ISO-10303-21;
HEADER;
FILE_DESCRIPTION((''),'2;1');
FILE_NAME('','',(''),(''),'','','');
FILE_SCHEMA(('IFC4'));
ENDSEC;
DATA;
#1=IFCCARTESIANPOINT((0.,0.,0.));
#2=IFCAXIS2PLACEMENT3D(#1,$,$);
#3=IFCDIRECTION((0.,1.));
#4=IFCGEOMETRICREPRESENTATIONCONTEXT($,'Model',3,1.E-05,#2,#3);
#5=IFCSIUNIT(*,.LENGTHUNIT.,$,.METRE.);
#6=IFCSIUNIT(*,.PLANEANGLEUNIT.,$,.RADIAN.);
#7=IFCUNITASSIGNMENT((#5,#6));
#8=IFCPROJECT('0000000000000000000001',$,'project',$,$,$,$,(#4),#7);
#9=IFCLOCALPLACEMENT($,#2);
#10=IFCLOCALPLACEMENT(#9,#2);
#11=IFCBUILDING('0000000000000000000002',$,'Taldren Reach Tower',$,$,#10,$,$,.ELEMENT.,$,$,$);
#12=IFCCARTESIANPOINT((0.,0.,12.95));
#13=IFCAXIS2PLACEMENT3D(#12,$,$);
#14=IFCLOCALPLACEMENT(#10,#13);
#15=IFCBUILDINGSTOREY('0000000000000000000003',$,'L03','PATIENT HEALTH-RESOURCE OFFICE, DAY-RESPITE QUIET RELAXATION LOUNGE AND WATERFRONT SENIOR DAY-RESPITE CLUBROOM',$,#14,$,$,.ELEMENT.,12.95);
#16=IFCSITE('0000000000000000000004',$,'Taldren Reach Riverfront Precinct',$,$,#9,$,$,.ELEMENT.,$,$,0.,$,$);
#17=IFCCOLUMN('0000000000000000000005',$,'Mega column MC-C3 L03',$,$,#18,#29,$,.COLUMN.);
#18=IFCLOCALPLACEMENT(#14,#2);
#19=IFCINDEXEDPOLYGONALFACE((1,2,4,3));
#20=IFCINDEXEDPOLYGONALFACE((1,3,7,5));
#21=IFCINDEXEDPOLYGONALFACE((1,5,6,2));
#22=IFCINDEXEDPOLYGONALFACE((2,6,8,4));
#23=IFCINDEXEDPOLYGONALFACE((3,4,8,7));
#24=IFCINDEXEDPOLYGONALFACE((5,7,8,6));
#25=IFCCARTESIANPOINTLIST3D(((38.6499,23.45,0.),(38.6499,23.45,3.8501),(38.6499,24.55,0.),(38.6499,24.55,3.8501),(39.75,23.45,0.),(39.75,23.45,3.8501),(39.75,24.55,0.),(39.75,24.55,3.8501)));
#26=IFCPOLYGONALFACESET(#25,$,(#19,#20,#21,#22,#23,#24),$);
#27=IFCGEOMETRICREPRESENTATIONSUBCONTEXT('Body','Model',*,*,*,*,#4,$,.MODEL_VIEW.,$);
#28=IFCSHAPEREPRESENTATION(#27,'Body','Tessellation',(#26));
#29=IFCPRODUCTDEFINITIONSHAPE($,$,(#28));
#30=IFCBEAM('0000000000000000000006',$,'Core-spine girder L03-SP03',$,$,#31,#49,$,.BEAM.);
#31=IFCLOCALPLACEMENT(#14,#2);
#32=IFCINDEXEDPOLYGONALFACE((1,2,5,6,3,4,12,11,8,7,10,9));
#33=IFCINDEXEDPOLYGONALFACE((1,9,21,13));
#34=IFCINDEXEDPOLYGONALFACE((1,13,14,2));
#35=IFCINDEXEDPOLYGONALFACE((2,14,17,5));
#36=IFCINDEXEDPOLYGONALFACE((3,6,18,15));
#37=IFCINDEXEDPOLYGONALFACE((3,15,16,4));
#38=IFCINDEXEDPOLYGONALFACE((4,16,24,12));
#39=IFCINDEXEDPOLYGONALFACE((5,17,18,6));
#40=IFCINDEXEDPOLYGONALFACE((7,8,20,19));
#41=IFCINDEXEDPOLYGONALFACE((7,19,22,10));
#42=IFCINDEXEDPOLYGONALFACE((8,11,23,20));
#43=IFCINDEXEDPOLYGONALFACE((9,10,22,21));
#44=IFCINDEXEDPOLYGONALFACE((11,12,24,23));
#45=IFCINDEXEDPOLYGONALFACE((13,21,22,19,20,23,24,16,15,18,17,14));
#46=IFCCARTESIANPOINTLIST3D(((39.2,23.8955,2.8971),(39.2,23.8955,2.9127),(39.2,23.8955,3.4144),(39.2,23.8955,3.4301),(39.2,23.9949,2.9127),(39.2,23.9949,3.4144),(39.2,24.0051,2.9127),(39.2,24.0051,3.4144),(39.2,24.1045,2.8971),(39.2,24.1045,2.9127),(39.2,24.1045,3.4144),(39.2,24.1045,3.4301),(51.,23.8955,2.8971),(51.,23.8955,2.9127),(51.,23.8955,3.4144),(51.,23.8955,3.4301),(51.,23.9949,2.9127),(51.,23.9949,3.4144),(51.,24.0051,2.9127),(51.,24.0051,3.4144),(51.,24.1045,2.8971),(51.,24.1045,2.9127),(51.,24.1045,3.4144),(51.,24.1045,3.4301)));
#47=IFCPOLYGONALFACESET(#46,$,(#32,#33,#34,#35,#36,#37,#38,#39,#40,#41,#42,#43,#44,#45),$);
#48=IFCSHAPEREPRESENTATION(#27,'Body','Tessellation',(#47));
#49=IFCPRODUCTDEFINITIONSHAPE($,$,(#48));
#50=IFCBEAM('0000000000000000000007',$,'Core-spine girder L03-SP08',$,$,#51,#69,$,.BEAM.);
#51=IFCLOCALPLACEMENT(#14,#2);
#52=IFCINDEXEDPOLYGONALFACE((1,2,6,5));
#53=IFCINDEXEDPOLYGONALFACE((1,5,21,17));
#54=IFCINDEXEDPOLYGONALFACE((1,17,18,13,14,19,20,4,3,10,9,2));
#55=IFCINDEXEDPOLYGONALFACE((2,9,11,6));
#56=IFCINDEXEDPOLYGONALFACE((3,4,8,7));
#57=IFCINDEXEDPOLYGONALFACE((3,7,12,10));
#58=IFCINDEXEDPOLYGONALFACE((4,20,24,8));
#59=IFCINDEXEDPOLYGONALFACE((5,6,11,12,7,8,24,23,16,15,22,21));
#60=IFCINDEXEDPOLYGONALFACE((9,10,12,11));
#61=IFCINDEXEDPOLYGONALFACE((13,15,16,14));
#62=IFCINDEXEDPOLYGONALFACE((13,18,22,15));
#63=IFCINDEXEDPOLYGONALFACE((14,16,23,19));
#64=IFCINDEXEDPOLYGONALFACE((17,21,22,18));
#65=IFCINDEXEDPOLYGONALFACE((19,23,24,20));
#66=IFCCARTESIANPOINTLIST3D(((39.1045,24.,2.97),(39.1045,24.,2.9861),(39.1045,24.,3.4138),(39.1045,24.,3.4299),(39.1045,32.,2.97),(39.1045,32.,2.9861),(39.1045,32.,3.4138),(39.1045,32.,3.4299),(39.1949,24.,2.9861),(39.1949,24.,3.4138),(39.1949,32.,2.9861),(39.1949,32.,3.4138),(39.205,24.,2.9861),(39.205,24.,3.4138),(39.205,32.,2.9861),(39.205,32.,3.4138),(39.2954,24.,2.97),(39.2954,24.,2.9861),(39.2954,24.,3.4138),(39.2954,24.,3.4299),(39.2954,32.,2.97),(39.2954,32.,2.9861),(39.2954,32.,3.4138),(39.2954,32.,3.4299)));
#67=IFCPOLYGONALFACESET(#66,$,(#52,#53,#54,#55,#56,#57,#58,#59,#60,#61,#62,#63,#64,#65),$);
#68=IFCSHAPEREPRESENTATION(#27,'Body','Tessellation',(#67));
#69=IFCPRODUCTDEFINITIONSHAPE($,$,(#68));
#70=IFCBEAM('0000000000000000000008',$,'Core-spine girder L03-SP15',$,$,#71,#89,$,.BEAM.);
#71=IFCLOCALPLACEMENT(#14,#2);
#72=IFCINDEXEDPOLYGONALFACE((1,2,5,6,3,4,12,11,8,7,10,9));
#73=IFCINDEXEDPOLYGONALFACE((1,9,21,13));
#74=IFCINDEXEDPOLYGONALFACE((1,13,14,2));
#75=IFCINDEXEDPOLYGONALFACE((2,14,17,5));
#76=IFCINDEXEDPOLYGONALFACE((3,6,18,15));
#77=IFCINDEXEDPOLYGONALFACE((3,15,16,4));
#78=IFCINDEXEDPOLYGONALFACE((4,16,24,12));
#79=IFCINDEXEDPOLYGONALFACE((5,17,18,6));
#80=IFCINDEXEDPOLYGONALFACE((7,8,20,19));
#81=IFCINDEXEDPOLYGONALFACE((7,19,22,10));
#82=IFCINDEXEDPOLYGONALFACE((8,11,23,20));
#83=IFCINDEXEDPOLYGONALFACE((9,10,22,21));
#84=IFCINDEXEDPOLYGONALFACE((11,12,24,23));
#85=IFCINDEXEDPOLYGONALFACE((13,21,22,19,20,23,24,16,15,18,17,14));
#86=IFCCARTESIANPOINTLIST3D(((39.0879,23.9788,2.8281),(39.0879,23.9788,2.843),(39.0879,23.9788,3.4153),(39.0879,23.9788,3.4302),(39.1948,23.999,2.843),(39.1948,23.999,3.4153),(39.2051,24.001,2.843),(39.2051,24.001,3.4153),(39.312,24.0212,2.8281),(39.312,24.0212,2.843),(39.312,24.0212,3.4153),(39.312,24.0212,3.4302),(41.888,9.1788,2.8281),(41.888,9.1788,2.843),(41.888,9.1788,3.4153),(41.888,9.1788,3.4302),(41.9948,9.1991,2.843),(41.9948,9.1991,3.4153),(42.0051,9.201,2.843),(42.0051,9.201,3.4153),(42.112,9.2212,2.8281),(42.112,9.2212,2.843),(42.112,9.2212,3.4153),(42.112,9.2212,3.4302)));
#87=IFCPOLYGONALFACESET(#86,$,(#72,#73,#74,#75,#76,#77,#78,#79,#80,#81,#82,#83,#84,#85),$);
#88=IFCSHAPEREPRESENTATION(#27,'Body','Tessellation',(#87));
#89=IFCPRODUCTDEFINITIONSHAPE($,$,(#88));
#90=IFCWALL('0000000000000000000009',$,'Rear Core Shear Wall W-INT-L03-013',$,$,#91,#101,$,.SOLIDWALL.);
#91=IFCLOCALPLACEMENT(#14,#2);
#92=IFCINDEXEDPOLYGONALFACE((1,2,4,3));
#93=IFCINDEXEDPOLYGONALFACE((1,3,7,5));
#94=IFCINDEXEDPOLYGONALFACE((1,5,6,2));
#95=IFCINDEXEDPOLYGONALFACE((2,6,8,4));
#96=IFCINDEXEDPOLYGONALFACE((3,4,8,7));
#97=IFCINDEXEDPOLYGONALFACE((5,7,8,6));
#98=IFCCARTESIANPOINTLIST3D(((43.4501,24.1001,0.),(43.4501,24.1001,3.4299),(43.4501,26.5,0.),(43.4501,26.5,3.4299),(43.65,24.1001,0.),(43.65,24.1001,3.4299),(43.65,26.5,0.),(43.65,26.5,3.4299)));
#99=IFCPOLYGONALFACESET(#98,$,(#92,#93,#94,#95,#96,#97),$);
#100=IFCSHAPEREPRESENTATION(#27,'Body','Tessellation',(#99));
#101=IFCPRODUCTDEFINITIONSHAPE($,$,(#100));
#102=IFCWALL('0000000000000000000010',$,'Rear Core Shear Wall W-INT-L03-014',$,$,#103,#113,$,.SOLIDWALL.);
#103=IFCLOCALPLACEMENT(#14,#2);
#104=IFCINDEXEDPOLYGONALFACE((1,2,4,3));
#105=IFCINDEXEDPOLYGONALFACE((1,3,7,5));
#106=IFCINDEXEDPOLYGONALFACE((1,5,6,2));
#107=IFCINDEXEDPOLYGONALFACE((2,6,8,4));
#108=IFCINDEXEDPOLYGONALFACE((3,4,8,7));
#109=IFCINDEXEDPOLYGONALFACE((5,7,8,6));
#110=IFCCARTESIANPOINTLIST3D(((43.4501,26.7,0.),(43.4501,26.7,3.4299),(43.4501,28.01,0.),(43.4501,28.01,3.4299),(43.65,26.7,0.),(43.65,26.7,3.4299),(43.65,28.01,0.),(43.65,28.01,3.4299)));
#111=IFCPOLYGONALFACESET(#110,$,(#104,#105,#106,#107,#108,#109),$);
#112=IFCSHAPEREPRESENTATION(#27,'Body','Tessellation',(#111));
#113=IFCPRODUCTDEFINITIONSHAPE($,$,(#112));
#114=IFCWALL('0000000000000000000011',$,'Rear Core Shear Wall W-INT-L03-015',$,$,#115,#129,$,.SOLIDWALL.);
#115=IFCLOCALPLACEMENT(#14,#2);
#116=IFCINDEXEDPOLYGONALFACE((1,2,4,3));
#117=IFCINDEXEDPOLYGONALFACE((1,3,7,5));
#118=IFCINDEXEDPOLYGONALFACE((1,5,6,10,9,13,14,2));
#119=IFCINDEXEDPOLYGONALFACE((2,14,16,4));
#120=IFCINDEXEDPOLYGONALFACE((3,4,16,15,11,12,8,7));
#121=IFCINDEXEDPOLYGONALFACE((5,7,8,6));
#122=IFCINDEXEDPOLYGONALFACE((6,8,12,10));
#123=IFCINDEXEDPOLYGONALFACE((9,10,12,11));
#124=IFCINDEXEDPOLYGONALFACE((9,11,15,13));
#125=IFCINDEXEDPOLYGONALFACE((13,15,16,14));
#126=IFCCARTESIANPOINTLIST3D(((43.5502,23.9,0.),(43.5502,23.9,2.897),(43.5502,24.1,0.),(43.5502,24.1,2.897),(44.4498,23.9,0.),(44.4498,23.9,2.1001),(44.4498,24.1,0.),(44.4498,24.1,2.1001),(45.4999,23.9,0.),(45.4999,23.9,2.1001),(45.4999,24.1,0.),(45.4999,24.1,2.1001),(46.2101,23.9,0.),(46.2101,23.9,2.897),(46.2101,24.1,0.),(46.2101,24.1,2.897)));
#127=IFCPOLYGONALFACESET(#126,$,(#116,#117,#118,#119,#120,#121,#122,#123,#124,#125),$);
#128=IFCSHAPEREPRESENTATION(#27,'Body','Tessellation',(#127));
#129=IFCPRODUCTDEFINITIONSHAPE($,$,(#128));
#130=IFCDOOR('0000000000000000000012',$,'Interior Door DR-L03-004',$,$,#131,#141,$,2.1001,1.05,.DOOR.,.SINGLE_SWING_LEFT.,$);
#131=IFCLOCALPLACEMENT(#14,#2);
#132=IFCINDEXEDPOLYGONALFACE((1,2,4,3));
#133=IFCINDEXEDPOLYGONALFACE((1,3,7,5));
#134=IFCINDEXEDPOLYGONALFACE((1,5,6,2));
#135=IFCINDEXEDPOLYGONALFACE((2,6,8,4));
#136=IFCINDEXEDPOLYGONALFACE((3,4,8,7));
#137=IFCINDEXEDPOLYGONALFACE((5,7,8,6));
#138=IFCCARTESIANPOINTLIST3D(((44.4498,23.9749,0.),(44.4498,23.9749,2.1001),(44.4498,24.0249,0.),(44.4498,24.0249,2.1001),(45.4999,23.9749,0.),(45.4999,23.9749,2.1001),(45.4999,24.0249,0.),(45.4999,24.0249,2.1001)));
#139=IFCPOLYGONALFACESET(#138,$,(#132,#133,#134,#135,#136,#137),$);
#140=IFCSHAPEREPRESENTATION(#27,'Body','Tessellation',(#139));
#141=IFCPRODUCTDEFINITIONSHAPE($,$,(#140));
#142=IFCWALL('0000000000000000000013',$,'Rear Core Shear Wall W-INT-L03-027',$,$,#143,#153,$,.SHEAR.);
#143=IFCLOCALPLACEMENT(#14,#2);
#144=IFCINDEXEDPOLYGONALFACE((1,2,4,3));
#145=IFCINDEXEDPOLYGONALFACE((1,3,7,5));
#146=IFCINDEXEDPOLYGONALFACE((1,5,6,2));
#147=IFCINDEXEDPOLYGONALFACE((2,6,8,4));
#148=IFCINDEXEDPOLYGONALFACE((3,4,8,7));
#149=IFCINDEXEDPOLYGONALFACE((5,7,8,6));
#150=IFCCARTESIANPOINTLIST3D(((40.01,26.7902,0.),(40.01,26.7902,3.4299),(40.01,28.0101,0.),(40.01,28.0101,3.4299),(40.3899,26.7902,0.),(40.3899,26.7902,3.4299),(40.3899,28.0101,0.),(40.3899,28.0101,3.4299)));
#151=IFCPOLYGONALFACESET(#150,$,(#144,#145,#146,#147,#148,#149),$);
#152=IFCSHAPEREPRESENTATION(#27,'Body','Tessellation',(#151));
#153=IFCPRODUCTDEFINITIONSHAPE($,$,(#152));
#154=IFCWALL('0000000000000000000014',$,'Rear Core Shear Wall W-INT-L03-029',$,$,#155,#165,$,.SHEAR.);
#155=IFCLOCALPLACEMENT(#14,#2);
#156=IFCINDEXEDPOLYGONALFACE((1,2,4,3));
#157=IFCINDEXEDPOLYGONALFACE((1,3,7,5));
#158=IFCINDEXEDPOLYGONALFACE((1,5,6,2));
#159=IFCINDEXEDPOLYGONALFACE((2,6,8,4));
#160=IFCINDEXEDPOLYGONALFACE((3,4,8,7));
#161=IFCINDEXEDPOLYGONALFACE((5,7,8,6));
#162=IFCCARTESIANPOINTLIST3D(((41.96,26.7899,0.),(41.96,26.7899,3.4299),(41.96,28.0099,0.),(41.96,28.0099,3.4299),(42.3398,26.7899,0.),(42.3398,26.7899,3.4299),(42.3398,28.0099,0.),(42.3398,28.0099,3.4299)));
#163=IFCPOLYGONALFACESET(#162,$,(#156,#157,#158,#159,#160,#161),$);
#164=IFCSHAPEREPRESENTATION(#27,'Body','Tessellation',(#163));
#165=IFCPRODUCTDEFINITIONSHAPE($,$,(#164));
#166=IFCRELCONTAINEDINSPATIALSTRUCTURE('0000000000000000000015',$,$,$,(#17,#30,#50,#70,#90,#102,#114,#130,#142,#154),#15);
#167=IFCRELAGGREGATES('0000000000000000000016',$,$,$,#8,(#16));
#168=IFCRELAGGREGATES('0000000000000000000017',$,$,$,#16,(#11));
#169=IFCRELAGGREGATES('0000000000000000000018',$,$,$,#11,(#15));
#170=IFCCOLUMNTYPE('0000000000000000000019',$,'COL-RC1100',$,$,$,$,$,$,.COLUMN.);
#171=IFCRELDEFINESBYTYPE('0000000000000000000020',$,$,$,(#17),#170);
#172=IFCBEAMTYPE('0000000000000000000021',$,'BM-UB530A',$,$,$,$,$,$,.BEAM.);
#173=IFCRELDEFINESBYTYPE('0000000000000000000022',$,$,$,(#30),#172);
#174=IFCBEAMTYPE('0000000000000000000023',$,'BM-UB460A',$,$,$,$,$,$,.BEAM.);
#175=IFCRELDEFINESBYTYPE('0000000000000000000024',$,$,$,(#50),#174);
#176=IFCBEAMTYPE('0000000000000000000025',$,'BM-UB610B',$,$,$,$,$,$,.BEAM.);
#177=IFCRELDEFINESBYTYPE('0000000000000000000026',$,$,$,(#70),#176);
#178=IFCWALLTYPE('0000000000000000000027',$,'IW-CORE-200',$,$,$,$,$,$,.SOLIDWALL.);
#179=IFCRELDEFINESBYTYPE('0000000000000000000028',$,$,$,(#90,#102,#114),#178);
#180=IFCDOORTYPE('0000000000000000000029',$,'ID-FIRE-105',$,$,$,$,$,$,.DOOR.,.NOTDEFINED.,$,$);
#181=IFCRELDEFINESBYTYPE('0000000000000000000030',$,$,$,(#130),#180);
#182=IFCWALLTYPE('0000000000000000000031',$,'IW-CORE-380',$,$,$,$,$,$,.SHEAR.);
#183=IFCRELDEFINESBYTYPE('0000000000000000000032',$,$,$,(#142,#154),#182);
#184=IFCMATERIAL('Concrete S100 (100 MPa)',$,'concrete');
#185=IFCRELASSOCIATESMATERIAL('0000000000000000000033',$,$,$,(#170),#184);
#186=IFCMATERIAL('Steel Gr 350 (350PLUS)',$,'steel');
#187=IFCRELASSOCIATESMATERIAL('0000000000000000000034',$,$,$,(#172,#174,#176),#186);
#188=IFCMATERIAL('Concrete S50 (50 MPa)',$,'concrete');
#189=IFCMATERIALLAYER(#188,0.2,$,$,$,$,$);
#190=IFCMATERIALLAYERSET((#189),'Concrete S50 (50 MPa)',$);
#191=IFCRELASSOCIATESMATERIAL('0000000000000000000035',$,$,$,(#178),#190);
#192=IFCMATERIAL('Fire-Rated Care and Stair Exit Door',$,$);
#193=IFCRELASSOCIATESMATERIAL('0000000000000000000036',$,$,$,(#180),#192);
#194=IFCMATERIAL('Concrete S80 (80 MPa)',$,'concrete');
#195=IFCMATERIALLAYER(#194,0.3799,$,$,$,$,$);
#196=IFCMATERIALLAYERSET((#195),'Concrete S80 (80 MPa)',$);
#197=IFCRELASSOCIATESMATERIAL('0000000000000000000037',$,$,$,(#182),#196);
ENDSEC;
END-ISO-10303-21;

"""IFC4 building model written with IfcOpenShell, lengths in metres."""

from ifc_helpers import new_model, si_unit, direction, frame, frame_2d, origin, origin_2d, place, context, subcontext, project, spatial, rectangle, i_section, extrude, source, transform, mapped, material, layer, layer_set, material_profile, profile_set, type_object, element, fill, save


model = new_model("IFC4")

# Units and contexts
model_context = context("Model", 3, precision=1e-05, world=origin(), true_north=direction((0.0, 1.0)))
body_context = subcontext(model_context, "Body", "Model", "MODEL_VIEW")
ifc_project = project(units=[si_unit("LENGTHUNIT", "METRE"), si_unit("PLANEANGLEUNIT", "RADIAN")], contexts=[model_context])

# Site, building, storey
site_placement = place(None, origin())
site = spatial("IfcSite", under=ifc_project, at=site_placement, Name="Taldren Reach Riverfront Precinct", CompositionType="ELEMENT", RefElevation=0.0)
building_placement = place(site_placement, origin())
building = spatial("IfcBuilding", under=site, at=building_placement, Name="Taldren Reach Tower", CompositionType="ELEMENT")
storey_placement = place(building_placement, frame((0.0, 0.0, 12.95)))
storey = spatial("IfcBuildingStorey", under=building, at=storey_placement, Name="L03", Description="PATIENT HEALTH-RESOURCE OFFICE, DAY-RESPITE QUIET RELAXATION LOUNGE AND WATERFRONT SENIOR DAY-RESPITE CLUBROOM", CompositionType="ELEMENT", Elevation=12.95)

# Column
ifc_material_1 = material(Name="Concrete S100 (100 MPa)", Category="concrete")
ifc_material_profile_1 = material_profile(ifc_material_1, rectangle(XDim=1.1001, YDim=1.1001, at=origin_2d()), Name="RC-1100x1100")
ifc_profile_set_1 = profile_set([ifc_material_profile_1], Name="Concrete S100 (100 MPa)")
column_type = type_object("IfcColumnType", Name="COL-RC1100", PredefinedType="COLUMN", material=ifc_profile_set_1)
shared_shape_1 = source(origin(), body_context, "Body", "SweptSolid", [
    extrude(rectangle(XDim=1.1001, YDim=1.1001, at=origin_2d()), origin(), (0.0, 0.0, 1.0), 3.8501),
])
column_placement = place(storey_placement, frame((39.2, 24.0, 0.0), z_axis=(0.0, 0.0, 1.0), x_axis=(1.0, 0.0, 0.0)))
element("IfcColumn", 1, at=column_placement, inside=storey, type_object=column_type, Name="Mega column MC-C3 L03", PredefinedType="COLUMN", context=body_context, shape_type="MappedRepresentation", body=[
    mapped(shared_shape_1, transform((0.0, 0.0, 0.0), scale=1.0)),
])

# Beams
ifc_material_2 = material(Name="Steel Gr 350 (350PLUS)", Category="steel")
ifc_material_profile_2 = material_profile(ifc_material_2, i_section(OverallWidth=0.209, OverallDepth=0.533, WebThickness=0.0103, FlangeThickness=0.0156, at=origin_2d()), Name="530UB92.4")
ifc_profile_set_2 = profile_set([ifc_material_profile_2], Name="Steel Gr 350 (350PLUS)")
beam_type_1 = type_object("IfcBeamType", Name="BM-UB530A", PredefinedType="BEAM", material=ifc_profile_set_2)
shared_shape_2 = source(origin(), body_context, "Body", "SweptSolid", [
    extrude(i_section(OverallWidth=0.209, OverallDepth=0.533, WebThickness=0.0103, FlangeThickness=0.0156, at=origin_2d()), origin(), (0.0, 0.0, 1.0), 11.8),
])
beam_1_placement = place(storey_placement, frame((39.2, 24.0, 3.1636), z_axis=(1.0, 0.0, 0.0), x_axis=(0.0, 1.0, 0.0)))
element("IfcBeam", 2, at=beam_1_placement, inside=storey, type_object=beam_type_1, Name="Core-spine girder L03-SP03", PredefinedType="BEAM", context=body_context, shape_type="MappedRepresentation", body=[
    mapped(shared_shape_2, transform((0.0, 0.0, 0.0), scale=1.0)),
])
ifc_material_profile_3 = material_profile(ifc_material_2, i_section(OverallWidth=0.1909, OverallDepth=0.46, WebThickness=0.01, FlangeThickness=0.0161, at=origin_2d()), Name="460UB82.1")
ifc_profile_set_3 = profile_set([ifc_material_profile_3], Name="Steel Gr 350 (350PLUS)")
beam_type_2 = type_object("IfcBeamType", Name="BM-UB460A", PredefinedType="BEAM", material=ifc_profile_set_3)
shared_shape_3 = source(origin(), body_context, "Body", "SweptSolid", [
    extrude(i_section(OverallWidth=0.1909, OverallDepth=0.46, WebThickness=0.01, FlangeThickness=0.0161, at=origin_2d()), origin(), (0.0, 0.0, 1.0), 8.0),
])
beam_2_placement = place(storey_placement, frame((39.2, 24.0, 3.2), z_axis=(0.0, 1.0, 0.0), x_axis=(-1.0, 0.0, 0.0)))
element("IfcBeam", 3, at=beam_2_placement, inside=storey, type_object=beam_type_2, Name="Core-spine girder L03-SP08", PredefinedType="BEAM", context=body_context, shape_type="MappedRepresentation", body=[
    mapped(shared_shape_3, transform((0.0, 0.0, 0.0), scale=1.0)),
])
ifc_material_profile_4 = material_profile(ifc_material_2, i_section(OverallWidth=0.228, OverallDepth=0.6021, WebThickness=0.0105, FlangeThickness=0.0149, at=origin_2d()), Name="610UB101")
ifc_profile_set_4 = profile_set([ifc_material_profile_4], Name="Steel Gr 350 (350PLUS)")
beam_type_3 = type_object("IfcBeamType", Name="BM-UB610B", PredefinedType="BEAM", material=ifc_profile_set_4)
shared_shape_4 = source(origin(), body_context, "Body", "SweptSolid", [
    extrude(i_section(OverallWidth=0.228, OverallDepth=0.6021, WebThickness=0.0105, FlangeThickness=0.0149, at=origin_2d()), origin(), (0.0, 0.0, 1.0), 15.0625),
])
beam_3_placement = place(storey_placement, frame((39.2, 24.0, 3.1292), z_axis=(0.185894, -0.98257, 0.0), x_axis=(0.98257, 0.185894, 0.0)))
element("IfcBeam", 4, at=beam_3_placement, inside=storey, type_object=beam_type_3, Name="Core-spine girder L03-SP15", PredefinedType="BEAM", context=body_context, shape_type="MappedRepresentation", body=[
    mapped(shared_shape_4, transform((0.0, 0.0, 0.0), scale=1.0)),
])

# Walls
ifc_material_3 = material(Name="Concrete S50 (50 MPa)", Category="concrete")
ifc_layer_1 = layer(ifc_material_3, 0.2)
ifc_layer_set_1 = layer_set([ifc_layer_1], Name="Concrete S50 (50 MPa)")
wall_type_1 = type_object("IfcWallType", Name="IW-CORE-200", PredefinedType="SOLIDWALL", material=ifc_layer_set_1)
shared_shape_5 = source(origin(), body_context, "Body", "SweptSolid", [
    extrude(rectangle(XDim=2.3999, YDim=0.2, at=frame_2d((1.2, 0.0))), origin(), (0.0, 0.0, 1.0), 3.4299),
])
wall_1_placement = place(storey_placement, frame((43.55, 26.5, 0.0), z_axis=(0.0, 0.0, 1.0), x_axis=(0.0, -1.0, 0.0)))
element("IfcWall", 5, at=wall_1_placement, inside=storey, type_object=wall_type_1, Name="Rear Core Shear Wall W-INT-L03-013", PredefinedType="SOLIDWALL", context=body_context, shape_type="MappedRepresentation", body=[
    mapped(shared_shape_5, transform((0.0, 0.0, 0.0), scale=1.0)),
])
shared_shape_6 = source(origin(), body_context, "Body", "SweptSolid", [
    extrude(rectangle(XDim=1.3101, YDim=0.2, at=frame_2d((0.655, 0.0))), origin(), (0.0, 0.0, 1.0), 3.4299),
])
wall_2_placement = place(storey_placement, frame((43.55, 28.01, 0.0), z_axis=(0.0, 0.0, 1.0), x_axis=(0.0, -1.0, 0.0)))
element("IfcWall", 6, at=wall_2_placement, inside=storey, type_object=wall_type_1, Name="Rear Core Shear Wall W-INT-L03-014", PredefinedType="SOLIDWALL", context=body_context, shape_type="MappedRepresentation", body=[
    mapped(shared_shape_6, transform((0.0, 0.0, 0.0), scale=1.0)),
])

# Wall, opening, door
shared_shape_7 = source(origin(), body_context, "Body", "SweptSolid", [
    extrude(rectangle(XDim=2.6599, YDim=0.2, at=frame_2d((1.3301, 0.0))), origin(), (0.0, 0.0, 1.0), 2.897),
])
wall_3_placement = place(storey_placement, frame((43.55, 24.0, 0.0), z_axis=(0.0, 0.0, 1.0), x_axis=(1.0, 0.0, 0.0)))
wall_3 = element("IfcWall", 7, at=wall_3_placement, inside=storey, type_object=wall_type_1, Name="Rear Core Shear Wall W-INT-L03-015", PredefinedType="SOLIDWALL", context=body_context, shape_type="MappedRepresentation", body=[
    mapped(shared_shape_7, transform((0.0, 0.0, 0.0), scale=1.0)),
])
shared_shape_8 = source(origin(), body_context, "Body", "SweptSolid", [
    extrude(rectangle(XDim=1.05, YDim=2.1001, at=frame_2d((0.5249, 1.05))), frame((0.0, 0.1099, 0.0), z_axis=(0.0, -1.0, 0.0), x_axis=(1.0, 0.0, 0.0)), (0.0, 0.0, 1.0), 0.22),
])
opening_1_placement = place(wall_3_placement, frame((0.8999, 0.0, 0.0)))
opening_1 = element("IfcOpeningElement", 8, at=opening_1_placement, cuts=wall_3, PredefinedType="OPENING", context=body_context, shape_type="MappedRepresentation", body=[
    mapped(shared_shape_8, transform((0.0, 0.0, 0.0), scale=1.0)),
])
ifc_material_4 = material(Name="Fire-Rated Care and Stair Exit Door")
door_type_1 = type_object("IfcDoorType", Name="ID-FIRE-105", OperationType="NOTDEFINED", PredefinedType="DOOR", material=ifc_material_4)
shared_shape_9 = source(origin(), body_context, "Body", "SweptSolid", [
    extrude(rectangle(XDim=1.05, YDim=2.1001, at=frame_2d((0.5249, 1.05))), frame((0.0, 0.0249, 0.0), z_axis=(0.0, -1.0, 0.0), x_axis=(1.0, 0.0, 0.0)), (0.0, 0.0, 1.0), 0.05),
])
door_1_placement = place(opening_1_placement, origin())
door_1 = element("IfcDoor", 9, at=door_1_placement, inside=storey, type_object=door_type_1, Name="Interior Door DR-L03-004", OperationType="SINGLE_SWING_LEFT", OverallHeight=2.1001, OverallWidth=1.05, PredefinedType="DOOR", context=body_context, shape_type="MappedRepresentation", body=[
    mapped(shared_shape_9, transform((0.0, 0.0, 0.0), scale=1.0)),
])
fill(opening_1, door_1)

# Walls
ifc_material_5 = material(Name="Concrete S80 (80 MPa)", Category="concrete")
ifc_layer_2 = layer(ifc_material_5, 0.3799)
ifc_layer_set_2 = layer_set([ifc_layer_2], Name="Concrete S80 (80 MPa)")
wall_type_2 = type_object("IfcWallType", Name="IW-CORE-380", PredefinedType="SHEAR", material=ifc_layer_set_2)
shared_shape_10 = source(origin(), body_context, "Body", "SweptSolid", [
    extrude(rectangle(XDim=1.22, YDim=0.3799, at=frame_2d((0.6099, 0.0))), origin(), (0.0, 0.0, 1.0), 3.4299),
])
for number, where, z_axis, x_axis, name in (
    (10, (40.2, 28.01, 0.0), (0.0, 0.0, 1.0), (0.0, -1.0, 0.0), "Rear Core Shear Wall W-INT-L03-027"),
    (11, (42.1499, 26.79, 0.0), (0.0, 0.0, 1.0), (0.0, 1.0, 0.0), "Rear Core Shear Wall W-INT-L03-029"),
):
    element("IfcWall", number, at=place(storey_placement, frame(where, z_axis=z_axis, x_axis=x_axis)), inside=storey, type_object=wall_type_2, Name=name, PredefinedType="SHEAR", context=body_context, shape_type="MappedRepresentation", body=[
        mapped(shared_shape_10, transform((0.0, 0.0, 0.0), scale=1.0)),
    ])

save(model, "model.ifc")
